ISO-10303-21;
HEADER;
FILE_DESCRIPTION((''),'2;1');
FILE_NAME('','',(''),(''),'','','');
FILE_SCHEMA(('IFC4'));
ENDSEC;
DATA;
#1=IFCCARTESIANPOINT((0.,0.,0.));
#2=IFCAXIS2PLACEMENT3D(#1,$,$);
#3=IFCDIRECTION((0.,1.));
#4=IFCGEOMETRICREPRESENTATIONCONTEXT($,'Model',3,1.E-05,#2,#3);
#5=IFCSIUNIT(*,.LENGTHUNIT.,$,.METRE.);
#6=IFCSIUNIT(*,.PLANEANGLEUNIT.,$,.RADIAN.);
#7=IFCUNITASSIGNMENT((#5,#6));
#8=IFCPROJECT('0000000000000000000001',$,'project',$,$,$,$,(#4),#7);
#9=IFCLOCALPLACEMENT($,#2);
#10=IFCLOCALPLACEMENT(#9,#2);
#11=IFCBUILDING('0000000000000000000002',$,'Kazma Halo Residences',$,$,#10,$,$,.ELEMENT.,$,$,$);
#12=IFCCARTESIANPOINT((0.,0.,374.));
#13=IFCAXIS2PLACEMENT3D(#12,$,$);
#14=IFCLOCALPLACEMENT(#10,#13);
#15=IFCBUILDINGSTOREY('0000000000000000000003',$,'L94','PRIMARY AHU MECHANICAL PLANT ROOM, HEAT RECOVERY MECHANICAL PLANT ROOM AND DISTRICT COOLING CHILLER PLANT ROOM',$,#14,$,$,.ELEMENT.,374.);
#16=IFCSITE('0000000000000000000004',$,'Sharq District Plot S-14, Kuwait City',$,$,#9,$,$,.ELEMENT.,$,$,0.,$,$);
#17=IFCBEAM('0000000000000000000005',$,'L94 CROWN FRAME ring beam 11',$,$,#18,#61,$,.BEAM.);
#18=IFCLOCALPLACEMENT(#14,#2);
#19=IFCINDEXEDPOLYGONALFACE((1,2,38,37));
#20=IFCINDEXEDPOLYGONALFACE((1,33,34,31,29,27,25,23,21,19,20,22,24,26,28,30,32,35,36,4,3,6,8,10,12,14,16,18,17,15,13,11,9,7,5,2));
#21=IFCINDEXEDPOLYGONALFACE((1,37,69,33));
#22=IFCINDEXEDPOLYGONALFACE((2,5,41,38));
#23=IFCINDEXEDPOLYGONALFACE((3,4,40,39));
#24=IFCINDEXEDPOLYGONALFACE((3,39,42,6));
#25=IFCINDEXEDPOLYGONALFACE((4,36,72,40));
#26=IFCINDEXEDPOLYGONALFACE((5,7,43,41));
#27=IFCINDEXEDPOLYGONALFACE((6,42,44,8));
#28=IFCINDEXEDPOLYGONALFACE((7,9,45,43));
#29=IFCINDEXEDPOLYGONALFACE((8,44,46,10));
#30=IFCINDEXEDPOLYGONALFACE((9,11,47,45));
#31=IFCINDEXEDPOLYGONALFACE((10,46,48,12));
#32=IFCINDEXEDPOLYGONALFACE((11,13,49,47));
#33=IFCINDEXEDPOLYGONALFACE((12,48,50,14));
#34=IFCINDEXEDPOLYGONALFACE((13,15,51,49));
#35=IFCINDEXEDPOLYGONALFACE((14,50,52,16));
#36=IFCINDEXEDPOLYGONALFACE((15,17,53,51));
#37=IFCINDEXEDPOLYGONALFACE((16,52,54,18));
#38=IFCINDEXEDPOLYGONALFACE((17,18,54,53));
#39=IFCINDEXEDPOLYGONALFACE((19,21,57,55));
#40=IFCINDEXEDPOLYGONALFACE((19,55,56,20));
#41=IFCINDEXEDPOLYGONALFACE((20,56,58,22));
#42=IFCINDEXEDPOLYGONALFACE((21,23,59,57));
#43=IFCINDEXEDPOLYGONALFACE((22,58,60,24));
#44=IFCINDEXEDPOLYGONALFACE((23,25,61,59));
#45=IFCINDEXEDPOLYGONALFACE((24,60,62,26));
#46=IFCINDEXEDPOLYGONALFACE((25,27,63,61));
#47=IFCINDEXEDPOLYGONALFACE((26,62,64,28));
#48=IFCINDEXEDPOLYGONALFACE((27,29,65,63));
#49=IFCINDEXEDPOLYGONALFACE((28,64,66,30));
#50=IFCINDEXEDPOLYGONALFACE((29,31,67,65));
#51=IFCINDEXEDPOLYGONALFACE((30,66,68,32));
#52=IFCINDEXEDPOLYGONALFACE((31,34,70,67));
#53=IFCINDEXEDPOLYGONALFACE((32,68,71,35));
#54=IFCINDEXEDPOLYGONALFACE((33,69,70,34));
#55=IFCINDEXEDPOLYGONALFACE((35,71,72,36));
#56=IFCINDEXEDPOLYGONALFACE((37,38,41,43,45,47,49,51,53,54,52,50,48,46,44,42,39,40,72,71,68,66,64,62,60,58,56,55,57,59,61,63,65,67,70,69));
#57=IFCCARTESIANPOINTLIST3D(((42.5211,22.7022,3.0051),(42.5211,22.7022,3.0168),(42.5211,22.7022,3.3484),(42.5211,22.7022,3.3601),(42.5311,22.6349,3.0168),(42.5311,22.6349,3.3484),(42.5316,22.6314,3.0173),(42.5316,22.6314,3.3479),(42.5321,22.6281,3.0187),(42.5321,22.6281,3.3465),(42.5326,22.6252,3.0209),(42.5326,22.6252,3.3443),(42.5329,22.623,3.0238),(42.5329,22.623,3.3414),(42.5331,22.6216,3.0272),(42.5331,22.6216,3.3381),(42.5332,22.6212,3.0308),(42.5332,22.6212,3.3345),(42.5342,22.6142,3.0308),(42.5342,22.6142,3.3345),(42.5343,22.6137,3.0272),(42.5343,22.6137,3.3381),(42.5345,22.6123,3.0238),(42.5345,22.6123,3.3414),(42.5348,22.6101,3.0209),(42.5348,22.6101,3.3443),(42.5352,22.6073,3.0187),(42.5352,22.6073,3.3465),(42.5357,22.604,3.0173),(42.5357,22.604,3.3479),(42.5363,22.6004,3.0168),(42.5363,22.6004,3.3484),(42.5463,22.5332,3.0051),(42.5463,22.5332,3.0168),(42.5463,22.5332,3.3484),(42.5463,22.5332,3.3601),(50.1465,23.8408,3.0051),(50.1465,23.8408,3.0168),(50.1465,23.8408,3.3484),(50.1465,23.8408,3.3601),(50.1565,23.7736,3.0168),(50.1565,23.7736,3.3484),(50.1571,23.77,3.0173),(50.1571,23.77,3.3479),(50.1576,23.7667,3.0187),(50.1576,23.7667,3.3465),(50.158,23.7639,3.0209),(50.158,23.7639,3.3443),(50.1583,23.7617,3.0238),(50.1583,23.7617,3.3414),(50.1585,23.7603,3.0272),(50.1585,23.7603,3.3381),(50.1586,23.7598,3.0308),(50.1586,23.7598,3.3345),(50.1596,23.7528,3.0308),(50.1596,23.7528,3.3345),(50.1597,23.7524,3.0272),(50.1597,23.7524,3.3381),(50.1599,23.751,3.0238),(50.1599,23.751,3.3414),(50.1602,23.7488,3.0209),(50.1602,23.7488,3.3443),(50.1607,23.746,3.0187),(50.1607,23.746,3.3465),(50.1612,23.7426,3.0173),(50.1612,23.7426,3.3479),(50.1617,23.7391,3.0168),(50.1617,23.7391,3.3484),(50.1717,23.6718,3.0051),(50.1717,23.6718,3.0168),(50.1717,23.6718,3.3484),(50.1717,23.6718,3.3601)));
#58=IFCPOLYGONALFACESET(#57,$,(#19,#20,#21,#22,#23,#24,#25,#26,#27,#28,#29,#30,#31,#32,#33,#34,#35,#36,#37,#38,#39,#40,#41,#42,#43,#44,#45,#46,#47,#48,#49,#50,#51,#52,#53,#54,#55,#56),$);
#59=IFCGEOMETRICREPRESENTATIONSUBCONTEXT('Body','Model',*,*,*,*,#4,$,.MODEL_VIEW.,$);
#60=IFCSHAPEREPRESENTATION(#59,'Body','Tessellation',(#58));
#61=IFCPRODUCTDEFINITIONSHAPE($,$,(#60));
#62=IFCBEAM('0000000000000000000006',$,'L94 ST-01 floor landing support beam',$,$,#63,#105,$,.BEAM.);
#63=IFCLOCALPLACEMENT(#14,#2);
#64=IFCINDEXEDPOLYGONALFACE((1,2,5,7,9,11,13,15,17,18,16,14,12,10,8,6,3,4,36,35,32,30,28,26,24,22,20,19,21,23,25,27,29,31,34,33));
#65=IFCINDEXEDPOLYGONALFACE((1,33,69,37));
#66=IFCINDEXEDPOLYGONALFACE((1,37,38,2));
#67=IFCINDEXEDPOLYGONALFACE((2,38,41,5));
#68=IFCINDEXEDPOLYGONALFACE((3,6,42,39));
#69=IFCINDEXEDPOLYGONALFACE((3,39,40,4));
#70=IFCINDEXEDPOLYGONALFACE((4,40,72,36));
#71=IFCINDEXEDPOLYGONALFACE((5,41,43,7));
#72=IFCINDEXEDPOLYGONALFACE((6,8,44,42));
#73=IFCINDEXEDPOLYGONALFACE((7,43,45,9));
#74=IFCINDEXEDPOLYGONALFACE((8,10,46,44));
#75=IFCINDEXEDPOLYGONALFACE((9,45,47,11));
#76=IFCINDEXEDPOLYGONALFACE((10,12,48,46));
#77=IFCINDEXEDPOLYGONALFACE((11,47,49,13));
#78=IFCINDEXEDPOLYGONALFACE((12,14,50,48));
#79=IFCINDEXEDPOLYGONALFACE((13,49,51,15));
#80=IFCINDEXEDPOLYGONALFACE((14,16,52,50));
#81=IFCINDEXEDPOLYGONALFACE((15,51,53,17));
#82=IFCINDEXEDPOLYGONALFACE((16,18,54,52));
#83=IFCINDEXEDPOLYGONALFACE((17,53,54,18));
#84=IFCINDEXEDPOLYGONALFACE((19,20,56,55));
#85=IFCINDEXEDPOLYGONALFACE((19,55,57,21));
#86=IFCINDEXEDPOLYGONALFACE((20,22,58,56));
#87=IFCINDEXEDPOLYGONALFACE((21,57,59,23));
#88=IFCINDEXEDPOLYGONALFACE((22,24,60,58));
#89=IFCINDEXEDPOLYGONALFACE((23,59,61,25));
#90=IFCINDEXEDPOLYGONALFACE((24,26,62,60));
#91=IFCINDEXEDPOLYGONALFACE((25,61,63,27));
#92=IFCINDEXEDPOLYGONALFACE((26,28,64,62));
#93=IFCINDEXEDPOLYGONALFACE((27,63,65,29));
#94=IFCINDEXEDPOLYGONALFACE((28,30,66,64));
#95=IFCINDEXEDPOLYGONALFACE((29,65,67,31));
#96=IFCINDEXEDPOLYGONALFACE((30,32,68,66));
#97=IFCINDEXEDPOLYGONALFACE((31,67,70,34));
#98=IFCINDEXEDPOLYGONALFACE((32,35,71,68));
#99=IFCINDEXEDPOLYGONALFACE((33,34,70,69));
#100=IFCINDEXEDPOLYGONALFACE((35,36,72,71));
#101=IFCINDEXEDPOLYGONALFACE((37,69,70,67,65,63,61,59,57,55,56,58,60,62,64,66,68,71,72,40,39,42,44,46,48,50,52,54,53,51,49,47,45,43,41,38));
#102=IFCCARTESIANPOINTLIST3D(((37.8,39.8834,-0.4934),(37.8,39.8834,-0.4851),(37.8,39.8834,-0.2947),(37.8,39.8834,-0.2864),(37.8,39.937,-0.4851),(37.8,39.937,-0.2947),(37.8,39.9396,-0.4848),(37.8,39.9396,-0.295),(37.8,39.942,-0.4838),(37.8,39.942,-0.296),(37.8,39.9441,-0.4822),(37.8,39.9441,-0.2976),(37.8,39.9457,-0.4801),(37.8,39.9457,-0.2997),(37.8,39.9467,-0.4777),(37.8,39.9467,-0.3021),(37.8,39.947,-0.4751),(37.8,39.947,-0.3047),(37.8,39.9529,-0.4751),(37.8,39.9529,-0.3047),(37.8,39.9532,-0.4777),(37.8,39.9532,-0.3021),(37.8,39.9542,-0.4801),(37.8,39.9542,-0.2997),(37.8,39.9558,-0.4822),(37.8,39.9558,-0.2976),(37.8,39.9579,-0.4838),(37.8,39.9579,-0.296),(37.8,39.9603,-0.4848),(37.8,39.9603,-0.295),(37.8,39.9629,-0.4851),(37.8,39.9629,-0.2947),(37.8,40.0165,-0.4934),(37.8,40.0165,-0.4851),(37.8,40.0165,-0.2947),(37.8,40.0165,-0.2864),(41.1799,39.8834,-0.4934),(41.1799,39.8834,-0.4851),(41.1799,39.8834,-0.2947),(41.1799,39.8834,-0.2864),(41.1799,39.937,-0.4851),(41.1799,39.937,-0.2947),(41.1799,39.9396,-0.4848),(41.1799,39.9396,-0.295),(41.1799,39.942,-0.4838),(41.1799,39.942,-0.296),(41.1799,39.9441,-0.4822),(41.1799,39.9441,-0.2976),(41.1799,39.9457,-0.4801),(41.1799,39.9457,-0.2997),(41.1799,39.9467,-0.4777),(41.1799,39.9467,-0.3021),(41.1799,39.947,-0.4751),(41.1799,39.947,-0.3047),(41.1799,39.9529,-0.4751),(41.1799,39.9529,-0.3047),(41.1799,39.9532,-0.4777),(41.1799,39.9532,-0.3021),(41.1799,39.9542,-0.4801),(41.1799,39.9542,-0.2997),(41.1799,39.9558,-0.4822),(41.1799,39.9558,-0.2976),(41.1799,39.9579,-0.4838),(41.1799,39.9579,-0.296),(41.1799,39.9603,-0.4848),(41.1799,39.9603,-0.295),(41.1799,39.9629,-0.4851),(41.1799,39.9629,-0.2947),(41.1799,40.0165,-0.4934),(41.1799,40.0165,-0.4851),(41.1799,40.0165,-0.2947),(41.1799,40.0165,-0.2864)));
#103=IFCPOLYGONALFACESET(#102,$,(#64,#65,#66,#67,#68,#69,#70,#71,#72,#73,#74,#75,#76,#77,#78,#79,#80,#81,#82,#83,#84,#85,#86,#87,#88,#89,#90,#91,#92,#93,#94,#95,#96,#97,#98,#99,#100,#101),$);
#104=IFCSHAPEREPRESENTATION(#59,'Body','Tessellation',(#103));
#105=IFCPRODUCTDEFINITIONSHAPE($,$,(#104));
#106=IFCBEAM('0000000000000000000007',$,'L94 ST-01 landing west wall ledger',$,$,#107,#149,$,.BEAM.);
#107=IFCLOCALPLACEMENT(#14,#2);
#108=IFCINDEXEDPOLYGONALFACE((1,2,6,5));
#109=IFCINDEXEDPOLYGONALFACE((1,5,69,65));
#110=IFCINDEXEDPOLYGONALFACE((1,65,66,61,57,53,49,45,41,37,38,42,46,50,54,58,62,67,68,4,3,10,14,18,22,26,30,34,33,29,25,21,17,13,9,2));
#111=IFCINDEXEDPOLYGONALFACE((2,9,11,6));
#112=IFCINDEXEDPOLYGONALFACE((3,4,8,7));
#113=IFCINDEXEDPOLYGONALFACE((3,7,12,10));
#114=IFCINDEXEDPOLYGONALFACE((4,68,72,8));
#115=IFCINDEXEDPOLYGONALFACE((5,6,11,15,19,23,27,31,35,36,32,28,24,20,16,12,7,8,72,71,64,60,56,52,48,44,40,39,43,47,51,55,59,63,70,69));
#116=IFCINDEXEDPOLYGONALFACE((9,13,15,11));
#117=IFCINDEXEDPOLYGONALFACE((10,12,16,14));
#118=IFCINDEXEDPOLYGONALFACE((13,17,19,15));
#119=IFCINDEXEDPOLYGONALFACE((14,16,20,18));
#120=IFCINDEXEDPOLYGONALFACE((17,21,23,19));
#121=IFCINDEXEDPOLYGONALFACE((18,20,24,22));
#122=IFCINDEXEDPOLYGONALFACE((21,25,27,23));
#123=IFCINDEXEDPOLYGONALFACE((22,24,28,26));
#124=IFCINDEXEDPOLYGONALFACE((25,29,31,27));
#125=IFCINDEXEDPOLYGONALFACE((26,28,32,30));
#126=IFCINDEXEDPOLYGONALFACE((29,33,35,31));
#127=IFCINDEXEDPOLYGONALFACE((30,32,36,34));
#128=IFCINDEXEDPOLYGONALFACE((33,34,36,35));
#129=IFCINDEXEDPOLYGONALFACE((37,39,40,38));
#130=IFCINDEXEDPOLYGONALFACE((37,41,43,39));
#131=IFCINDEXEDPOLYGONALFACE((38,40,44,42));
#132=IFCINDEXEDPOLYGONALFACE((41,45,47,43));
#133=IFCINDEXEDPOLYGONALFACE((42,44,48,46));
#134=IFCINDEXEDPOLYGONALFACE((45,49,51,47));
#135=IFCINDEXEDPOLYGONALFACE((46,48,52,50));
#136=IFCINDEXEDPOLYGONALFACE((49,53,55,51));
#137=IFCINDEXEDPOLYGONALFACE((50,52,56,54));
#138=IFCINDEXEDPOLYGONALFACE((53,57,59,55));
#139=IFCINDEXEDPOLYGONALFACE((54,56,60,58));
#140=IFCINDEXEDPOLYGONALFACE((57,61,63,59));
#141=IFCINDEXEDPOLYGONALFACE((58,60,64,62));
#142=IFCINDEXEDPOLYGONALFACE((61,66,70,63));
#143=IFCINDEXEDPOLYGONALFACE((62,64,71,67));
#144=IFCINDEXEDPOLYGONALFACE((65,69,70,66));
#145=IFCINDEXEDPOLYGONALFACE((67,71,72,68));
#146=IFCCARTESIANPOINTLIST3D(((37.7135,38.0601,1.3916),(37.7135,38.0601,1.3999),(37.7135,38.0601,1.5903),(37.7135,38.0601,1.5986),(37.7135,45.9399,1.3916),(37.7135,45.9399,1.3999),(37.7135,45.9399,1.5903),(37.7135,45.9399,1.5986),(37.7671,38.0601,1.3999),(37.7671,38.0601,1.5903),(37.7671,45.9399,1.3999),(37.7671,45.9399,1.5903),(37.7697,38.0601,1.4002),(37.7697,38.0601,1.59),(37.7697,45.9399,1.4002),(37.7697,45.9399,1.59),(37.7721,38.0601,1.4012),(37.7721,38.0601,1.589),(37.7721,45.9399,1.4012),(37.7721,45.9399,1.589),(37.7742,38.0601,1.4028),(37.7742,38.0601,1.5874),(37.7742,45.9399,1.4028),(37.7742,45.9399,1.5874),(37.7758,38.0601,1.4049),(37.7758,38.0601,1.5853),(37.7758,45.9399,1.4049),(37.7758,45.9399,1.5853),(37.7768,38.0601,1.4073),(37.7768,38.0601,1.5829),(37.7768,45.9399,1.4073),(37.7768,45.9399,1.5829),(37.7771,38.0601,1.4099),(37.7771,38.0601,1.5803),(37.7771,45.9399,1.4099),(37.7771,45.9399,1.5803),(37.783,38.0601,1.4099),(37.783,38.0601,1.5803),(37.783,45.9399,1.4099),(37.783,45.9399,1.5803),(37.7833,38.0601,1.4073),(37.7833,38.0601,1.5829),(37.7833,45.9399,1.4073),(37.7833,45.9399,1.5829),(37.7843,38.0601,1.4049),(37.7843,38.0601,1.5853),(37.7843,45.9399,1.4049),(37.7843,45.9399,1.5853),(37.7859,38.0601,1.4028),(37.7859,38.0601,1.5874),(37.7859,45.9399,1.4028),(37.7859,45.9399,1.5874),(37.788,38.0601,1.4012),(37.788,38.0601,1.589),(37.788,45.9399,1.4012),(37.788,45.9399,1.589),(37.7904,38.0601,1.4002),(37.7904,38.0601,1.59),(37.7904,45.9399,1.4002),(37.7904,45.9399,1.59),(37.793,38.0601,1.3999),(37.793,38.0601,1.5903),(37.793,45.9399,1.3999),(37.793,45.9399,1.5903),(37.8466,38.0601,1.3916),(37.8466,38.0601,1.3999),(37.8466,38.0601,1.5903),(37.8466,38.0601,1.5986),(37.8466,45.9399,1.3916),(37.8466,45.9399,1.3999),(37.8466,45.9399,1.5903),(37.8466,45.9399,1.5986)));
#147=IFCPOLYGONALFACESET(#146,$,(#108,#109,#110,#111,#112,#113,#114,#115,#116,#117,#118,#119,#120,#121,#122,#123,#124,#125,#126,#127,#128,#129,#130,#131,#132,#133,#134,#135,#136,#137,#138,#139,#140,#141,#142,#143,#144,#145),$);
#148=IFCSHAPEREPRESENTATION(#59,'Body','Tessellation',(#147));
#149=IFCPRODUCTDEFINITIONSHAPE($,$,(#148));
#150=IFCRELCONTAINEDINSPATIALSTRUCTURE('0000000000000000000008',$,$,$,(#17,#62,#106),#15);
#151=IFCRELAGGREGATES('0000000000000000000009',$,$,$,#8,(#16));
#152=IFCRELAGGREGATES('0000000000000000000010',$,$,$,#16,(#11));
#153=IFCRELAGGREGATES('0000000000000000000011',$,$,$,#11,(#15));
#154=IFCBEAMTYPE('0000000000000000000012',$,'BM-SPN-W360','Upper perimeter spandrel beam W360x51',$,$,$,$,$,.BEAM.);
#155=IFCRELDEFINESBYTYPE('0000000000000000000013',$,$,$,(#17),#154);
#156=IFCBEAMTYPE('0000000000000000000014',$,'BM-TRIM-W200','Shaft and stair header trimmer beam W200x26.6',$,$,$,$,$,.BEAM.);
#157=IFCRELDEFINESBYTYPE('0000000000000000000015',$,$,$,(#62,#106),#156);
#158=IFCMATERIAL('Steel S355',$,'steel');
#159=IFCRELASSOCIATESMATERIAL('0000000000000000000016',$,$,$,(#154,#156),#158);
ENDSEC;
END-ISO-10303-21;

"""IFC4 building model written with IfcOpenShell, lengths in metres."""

from ifc_helpers import new_model, si_unit, direction, frame, origin, origin_2d, place, context, subcontext, project, spatial, i_section, extrude, material, material_profile, profile_set, type_object, element, save


model = new_model("IFC4")

# Units and contexts
model_context = context("Model", 3, precision=1e-05, world=origin(), true_north=direction((0.0, 1.0)))
body_context = subcontext(model_context, "Body", "Model", "MODEL_VIEW")
ifc_project = project(units=[si_unit("LENGTHUNIT", "METRE"), si_unit("PLANEANGLEUNIT", "RADIAN")], contexts=[model_context])

# Site, building, storey
site_placement = place(None, origin())
site = spatial("IfcSite", under=ifc_project, at=site_placement, Name="Sharq District Plot S-14, Kuwait City", CompositionType="ELEMENT", RefElevation=0.0)
building_placement = place(site_placement, origin())
building = spatial("IfcBuilding", under=site, at=building_placement, Name="Kazma Halo Residences", CompositionType="ELEMENT")
storey_placement = place(building_placement, frame((0.0, 0.0, 374.0)))
storey = spatial("IfcBuildingStorey", under=building, at=storey_placement, Name="L94", Description="PRIMARY AHU MECHANICAL PLANT ROOM, HEAT RECOVERY MECHANICAL PLANT ROOM AND DISTRICT COOLING CHILLER PLANT ROOM", CompositionType="ELEMENT", Elevation=374.0)

# Shared definitions
ifc_material_1 = material(Name="Steel S355", Category="steel")

# Beams
ifc_material_profile_1 = material_profile(ifc_material_1, i_section(OverallWidth=0.1709, OverallDepth=0.355, WebThickness=0.0071, FlangeThickness=0.0117, FilletRadius=0.0139, at=origin_2d()), Name="W360x51")
ifc_profile_set_1 = profile_set([ifc_material_profile_1], Name="Steel S355")
beam_type_1 = type_object("IfcBeamType", Name="BM-SPN-W360", Description="Upper perimeter spandrel beam W360x51", PredefinedType="BEAM", material=ifc_profile_set_1)
beam_1_placement = place(storey_placement, frame((42.5337, 22.6177, 3.1826), z_axis=(0.989034, 0.147687, 0.0), x_axis=(-0.147687, 0.989034, 0.0)))
element("IfcBeam", 1, at=beam_1_placement, inside=storey, type_object=beam_type_1, Name="L94 CROWN FRAME ring beam 11", PredefinedType="BEAM", context=body_context, shape_type="SweptSolid", body=[
    extrude(i_section(OverallWidth=0.1709, OverallDepth=0.355, WebThickness=0.0071, FlangeThickness=0.0117, FilletRadius=0.0139, at=origin_2d()), origin(), (0.0, 0.0, 1.0), 7.71),
])
ifc_material_profile_2 = material_profile(ifc_material_1, i_section(OverallWidth=0.1331, OverallDepth=0.207, WebThickness=0.0059, FlangeThickness=0.0083, FilletRadius=0.01, at=origin_2d()), Name="W200x26.6")
ifc_profile_set_2 = profile_set([ifc_material_profile_2], Name="Steel S355")
beam_type_2 = type_object("IfcBeamType", Name="BM-TRIM-W200", Description="Shaft and stair header trimmer beam W200x26.6", PredefinedType="BEAM", material=ifc_profile_set_2)
beam_2_placement = place(storey_placement, frame((37.8, 39.95, -0.3899), z_axis=(1.0, 0.0, 0.0), x_axis=(0.0, 1.0, 0.0)))
element("IfcBeam", 2, at=beam_2_placement, inside=storey, type_object=beam_type_2, Name="L94 ST-01 floor landing support beam", PredefinedType="BEAM", context=body_context, shape_type="SweptSolid", body=[
    extrude(i_section(OverallWidth=0.1331, OverallDepth=0.207, WebThickness=0.0059, FlangeThickness=0.0083, FilletRadius=0.01, at=origin_2d()), origin(), (0.0, 0.0, 1.0), 3.3799),
])
beam_3_placement = place(storey_placement, frame((37.78, 38.0601, 1.4951), z_axis=(0.0, 1.0, 0.0), x_axis=(-1.0, 0.0, 0.0)))
element("IfcBeam", 3, at=beam_3_placement, inside=storey, type_object=beam_type_2, Name="L94 ST-01 landing west wall ledger", PredefinedType="BEAM", context=body_context, shape_type="SweptSolid", body=[
    extrude(i_section(OverallWidth=0.1331, OverallDepth=0.207, WebThickness=0.0059, FlangeThickness=0.0083, FilletRadius=0.01, at=origin_2d()), origin(), (0.0, 0.0, 1.0), 7.8799),
])

save(model, "model.ifc")
